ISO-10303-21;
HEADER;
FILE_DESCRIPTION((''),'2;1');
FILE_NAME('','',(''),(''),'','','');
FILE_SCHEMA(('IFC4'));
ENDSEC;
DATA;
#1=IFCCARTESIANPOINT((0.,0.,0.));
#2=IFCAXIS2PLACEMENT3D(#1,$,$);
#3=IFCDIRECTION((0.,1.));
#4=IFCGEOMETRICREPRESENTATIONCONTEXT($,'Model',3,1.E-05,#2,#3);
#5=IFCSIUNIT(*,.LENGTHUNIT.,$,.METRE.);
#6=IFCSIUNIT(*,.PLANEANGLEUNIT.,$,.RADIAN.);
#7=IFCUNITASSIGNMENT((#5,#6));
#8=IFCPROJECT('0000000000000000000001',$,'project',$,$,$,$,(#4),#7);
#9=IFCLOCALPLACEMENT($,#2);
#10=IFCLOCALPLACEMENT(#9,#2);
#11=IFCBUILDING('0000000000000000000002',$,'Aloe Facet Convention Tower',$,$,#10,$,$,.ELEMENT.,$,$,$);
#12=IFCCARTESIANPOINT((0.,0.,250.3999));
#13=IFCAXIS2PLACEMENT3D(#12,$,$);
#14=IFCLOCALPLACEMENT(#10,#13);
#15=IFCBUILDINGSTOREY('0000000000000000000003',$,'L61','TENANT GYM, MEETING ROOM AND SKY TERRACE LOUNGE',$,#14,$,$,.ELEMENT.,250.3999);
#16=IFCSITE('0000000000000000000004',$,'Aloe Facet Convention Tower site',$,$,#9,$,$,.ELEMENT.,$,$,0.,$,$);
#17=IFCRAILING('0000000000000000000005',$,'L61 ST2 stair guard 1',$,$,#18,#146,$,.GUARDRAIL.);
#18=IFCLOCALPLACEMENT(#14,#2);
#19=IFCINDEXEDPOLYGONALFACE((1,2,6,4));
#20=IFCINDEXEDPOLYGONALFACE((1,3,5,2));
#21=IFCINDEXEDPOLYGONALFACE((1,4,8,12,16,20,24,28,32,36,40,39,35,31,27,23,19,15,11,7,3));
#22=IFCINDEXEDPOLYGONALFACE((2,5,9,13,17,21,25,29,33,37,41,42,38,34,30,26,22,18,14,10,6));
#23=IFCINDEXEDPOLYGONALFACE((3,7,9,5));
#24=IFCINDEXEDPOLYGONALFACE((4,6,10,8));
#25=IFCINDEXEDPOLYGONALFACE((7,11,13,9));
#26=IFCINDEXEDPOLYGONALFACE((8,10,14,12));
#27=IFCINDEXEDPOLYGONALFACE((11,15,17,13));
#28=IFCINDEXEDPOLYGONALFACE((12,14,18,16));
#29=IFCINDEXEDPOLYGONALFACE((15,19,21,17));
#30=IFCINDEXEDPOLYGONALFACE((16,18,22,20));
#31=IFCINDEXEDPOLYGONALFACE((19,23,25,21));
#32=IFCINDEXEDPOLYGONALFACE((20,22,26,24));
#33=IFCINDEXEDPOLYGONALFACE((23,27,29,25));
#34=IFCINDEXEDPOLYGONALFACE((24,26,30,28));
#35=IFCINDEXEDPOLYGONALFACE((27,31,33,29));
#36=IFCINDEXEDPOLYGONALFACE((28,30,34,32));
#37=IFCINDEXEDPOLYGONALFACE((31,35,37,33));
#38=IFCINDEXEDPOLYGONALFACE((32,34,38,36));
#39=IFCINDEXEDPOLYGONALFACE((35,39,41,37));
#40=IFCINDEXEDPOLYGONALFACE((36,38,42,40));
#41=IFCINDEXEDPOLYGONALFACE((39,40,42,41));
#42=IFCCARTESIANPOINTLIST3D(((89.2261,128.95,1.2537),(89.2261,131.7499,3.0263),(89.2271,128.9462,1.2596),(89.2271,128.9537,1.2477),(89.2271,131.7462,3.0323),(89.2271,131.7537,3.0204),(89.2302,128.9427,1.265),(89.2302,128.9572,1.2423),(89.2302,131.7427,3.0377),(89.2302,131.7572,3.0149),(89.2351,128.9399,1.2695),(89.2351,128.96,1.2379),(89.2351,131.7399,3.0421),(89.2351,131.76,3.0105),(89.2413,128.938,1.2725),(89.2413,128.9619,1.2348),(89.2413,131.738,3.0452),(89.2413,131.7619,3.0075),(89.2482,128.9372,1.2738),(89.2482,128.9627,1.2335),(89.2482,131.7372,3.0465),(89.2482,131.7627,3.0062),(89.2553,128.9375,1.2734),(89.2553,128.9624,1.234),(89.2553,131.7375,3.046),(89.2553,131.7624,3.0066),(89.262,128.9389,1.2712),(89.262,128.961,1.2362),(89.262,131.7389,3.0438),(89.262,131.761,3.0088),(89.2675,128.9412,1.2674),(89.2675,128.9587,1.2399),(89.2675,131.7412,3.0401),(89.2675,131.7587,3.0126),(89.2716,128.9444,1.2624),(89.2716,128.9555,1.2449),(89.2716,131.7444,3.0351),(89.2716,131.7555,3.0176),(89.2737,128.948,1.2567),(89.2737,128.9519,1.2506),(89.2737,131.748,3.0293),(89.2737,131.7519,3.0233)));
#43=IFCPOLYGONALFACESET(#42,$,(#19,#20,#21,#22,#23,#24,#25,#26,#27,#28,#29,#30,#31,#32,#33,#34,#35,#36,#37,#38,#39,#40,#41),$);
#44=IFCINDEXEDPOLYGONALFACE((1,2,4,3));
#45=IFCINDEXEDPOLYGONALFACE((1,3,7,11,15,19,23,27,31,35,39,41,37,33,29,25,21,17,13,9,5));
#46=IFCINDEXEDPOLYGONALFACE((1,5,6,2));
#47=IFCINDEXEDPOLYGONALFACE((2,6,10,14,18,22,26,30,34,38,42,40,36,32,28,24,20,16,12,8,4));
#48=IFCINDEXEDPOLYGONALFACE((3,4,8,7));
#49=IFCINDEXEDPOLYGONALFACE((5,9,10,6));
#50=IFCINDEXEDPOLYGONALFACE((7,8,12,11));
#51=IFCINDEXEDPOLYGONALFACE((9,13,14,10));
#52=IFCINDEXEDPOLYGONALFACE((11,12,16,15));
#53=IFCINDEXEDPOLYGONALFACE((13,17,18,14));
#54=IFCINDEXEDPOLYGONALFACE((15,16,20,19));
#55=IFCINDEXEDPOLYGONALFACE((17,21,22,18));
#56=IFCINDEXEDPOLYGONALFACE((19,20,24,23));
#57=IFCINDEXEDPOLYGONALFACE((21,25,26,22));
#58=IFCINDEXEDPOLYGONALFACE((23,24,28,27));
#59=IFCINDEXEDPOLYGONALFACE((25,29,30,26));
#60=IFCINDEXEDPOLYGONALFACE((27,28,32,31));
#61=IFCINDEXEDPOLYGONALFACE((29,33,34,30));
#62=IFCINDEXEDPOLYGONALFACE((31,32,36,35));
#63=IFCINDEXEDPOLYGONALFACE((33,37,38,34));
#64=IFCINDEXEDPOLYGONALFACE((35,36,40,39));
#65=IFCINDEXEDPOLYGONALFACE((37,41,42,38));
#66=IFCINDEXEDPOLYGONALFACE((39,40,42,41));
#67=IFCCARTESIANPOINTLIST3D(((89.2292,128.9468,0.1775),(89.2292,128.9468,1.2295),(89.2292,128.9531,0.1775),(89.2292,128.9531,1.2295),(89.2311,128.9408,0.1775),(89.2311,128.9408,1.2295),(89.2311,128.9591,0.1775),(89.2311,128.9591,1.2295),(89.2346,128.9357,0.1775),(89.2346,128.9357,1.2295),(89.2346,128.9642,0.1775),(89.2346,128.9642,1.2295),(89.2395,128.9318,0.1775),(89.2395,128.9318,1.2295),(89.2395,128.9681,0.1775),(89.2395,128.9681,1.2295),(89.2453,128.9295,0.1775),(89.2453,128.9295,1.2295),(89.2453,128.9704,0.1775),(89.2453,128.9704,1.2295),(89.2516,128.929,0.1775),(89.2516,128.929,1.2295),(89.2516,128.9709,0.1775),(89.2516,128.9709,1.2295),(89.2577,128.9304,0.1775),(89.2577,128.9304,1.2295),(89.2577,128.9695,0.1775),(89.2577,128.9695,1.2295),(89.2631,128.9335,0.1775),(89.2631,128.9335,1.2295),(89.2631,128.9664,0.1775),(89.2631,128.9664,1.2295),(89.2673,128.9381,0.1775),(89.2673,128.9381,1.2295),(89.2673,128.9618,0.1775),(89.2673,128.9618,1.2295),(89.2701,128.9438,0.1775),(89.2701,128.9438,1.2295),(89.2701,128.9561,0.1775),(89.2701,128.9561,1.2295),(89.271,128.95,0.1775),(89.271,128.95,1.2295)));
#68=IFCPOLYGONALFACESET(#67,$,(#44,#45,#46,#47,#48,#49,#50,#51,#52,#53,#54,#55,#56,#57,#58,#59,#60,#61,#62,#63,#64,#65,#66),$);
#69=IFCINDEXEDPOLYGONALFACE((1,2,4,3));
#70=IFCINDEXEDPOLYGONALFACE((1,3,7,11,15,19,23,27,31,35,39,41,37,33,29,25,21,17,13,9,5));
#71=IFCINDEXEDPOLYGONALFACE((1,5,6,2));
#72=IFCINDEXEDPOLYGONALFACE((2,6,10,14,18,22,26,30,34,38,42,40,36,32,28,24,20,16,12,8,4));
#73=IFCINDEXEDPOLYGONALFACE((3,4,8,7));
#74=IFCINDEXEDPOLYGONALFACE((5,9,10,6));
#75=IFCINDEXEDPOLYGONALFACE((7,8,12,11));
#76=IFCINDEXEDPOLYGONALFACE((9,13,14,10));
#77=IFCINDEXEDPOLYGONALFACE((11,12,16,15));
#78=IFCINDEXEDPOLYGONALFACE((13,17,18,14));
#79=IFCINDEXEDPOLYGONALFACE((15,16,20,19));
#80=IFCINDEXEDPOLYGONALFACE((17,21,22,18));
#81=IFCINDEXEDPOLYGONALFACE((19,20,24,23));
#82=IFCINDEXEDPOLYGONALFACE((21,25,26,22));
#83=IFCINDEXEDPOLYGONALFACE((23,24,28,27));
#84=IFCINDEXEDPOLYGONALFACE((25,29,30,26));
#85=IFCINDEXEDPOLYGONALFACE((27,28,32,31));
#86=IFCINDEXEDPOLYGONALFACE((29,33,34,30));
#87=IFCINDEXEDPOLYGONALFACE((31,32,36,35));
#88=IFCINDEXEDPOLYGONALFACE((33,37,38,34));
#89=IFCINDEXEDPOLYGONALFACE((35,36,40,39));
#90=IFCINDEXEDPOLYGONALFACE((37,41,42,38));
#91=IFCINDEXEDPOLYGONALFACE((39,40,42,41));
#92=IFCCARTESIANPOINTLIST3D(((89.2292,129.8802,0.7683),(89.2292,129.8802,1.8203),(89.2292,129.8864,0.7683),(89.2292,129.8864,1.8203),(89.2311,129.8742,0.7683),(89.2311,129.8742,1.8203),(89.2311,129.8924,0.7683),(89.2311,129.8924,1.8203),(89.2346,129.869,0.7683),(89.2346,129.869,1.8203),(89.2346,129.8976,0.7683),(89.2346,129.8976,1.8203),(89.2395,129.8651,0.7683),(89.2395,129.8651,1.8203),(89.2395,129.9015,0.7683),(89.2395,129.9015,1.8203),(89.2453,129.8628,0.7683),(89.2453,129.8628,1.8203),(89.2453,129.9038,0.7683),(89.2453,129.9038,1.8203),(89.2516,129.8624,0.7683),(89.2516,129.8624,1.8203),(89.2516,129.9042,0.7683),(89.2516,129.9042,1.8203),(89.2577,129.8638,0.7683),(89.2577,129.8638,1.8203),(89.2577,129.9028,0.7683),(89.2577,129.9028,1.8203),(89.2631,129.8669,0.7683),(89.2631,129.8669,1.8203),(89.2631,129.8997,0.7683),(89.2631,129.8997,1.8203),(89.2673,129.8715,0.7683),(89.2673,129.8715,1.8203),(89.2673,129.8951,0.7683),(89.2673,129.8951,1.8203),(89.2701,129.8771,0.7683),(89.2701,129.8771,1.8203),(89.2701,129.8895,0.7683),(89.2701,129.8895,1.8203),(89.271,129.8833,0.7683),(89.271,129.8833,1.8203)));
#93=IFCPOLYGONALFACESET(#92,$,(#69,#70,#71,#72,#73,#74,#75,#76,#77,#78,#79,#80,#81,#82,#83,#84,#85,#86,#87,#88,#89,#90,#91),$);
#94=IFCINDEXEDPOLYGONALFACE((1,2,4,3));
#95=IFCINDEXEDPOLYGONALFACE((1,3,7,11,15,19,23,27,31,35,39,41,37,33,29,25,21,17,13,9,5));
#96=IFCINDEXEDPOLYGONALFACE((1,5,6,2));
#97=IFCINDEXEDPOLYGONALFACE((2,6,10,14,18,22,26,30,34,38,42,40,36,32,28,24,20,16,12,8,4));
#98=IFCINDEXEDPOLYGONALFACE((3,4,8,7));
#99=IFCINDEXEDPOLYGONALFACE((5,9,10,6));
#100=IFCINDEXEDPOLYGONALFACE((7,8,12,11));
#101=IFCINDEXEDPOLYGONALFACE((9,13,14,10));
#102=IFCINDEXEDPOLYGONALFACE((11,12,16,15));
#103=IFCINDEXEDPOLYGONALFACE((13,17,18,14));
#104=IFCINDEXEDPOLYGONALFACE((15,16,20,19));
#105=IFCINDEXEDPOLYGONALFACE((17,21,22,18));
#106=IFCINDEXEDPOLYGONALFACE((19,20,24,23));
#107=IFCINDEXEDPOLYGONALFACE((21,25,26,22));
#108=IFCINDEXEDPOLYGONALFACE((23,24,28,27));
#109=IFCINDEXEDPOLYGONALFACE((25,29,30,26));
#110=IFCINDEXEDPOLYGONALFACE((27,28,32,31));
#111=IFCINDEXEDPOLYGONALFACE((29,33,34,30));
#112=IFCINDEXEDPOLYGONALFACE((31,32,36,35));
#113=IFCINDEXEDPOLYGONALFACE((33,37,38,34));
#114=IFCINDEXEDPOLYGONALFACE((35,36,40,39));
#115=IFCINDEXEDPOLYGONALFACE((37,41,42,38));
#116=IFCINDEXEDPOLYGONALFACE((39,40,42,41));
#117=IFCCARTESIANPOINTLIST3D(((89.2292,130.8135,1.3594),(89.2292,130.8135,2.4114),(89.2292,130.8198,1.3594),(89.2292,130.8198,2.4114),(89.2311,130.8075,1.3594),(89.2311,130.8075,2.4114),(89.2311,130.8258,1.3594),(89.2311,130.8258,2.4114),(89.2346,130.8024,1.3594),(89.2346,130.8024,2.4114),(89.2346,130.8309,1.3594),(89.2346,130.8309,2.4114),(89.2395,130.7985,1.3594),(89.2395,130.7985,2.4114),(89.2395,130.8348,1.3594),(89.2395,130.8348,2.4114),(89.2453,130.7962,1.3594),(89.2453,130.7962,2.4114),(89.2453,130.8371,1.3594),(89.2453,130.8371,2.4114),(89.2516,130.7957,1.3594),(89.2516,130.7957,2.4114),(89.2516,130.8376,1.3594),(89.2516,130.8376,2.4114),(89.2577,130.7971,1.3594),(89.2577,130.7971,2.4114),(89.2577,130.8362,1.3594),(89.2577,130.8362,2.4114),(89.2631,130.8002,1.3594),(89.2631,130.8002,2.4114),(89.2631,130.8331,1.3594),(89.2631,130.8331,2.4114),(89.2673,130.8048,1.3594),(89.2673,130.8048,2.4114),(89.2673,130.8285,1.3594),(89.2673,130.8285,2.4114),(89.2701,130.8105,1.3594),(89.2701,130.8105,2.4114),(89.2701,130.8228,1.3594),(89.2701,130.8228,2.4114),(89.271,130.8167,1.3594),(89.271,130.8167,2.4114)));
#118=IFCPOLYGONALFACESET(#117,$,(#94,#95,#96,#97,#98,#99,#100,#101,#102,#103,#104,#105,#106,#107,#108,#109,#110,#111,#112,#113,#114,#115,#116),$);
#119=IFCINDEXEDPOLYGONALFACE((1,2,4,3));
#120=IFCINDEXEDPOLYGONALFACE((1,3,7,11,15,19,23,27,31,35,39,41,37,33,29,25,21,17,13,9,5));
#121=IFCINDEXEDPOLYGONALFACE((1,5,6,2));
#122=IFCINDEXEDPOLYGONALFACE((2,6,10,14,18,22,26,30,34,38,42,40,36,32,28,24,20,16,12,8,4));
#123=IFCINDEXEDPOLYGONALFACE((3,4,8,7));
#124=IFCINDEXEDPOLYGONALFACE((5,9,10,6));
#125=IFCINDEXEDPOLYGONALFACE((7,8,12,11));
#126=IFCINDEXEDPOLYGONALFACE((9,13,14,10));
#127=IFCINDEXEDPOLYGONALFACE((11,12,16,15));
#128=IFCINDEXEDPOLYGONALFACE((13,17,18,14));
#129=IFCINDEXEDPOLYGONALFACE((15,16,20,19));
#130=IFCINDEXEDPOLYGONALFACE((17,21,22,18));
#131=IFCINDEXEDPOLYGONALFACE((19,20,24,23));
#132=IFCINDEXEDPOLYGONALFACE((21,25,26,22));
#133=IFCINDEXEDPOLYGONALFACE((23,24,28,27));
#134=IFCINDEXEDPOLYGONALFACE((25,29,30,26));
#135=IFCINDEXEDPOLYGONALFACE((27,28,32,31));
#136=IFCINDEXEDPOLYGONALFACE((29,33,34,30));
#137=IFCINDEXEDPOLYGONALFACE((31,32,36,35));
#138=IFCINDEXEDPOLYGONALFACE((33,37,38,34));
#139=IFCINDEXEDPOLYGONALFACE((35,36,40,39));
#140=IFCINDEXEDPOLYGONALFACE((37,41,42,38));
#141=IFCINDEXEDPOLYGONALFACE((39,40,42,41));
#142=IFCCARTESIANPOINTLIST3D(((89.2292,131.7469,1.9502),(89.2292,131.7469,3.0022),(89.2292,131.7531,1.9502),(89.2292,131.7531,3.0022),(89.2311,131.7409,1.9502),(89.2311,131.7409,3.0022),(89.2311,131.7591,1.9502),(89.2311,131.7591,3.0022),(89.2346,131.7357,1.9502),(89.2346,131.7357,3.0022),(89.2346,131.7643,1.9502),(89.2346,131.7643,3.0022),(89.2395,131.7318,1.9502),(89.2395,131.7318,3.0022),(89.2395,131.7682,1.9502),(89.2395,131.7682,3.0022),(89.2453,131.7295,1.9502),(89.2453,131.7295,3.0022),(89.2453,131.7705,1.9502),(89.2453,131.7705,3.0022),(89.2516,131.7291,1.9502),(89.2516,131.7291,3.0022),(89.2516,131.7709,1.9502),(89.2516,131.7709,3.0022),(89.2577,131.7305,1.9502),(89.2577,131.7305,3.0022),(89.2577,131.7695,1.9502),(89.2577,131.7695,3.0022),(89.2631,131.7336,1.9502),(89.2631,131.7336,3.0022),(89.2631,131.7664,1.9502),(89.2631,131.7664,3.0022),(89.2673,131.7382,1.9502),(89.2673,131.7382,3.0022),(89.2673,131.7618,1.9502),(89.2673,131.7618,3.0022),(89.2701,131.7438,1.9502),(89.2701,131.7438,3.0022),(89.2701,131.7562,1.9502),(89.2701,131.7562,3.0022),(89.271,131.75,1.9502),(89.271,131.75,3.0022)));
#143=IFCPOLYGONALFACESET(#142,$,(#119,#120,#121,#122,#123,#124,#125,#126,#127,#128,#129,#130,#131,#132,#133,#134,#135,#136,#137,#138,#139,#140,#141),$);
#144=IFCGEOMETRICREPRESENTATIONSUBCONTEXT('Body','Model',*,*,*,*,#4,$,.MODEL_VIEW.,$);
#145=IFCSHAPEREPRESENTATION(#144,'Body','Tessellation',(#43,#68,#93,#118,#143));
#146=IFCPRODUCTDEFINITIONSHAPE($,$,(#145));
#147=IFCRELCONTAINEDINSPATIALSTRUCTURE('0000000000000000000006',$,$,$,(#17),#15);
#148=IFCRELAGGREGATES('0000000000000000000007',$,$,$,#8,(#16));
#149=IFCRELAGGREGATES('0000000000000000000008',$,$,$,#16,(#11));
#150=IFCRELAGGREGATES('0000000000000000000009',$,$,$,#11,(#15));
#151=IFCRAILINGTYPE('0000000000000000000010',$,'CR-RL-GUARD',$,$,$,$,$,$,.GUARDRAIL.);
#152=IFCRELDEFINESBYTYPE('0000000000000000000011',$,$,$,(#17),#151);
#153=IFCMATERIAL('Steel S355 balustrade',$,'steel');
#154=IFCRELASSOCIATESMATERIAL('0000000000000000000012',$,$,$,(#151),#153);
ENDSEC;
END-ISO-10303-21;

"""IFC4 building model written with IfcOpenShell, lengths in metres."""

from ifc_helpers import new_model, si_unit, direction, frame, origin, origin_2d, place, context, subcontext, project, spatial, circle, extrude, material, type_object, element, save


model = new_model("IFC4")

# Units and contexts
model_context = context("Model", 3, precision=1e-05, world=origin(), true_north=direction((0.0, 1.0)))
body_context = subcontext(model_context, "Body", "Model", "MODEL_VIEW")
ifc_project = project(units=[si_unit("LENGTHUNIT", "METRE"), si_unit("PLANEANGLEUNIT", "RADIAN")], contexts=[model_context])

# Site, building, storey
site_placement = place(None, origin())
site = spatial("IfcSite", under=ifc_project, at=site_placement, Name="Aloe Facet Convention Tower site", CompositionType="ELEMENT", RefElevation=0.0)
building_placement = place(site_placement, origin())
building = spatial("IfcBuilding", under=site, at=building_placement, Name="Aloe Facet Convention Tower", CompositionType="ELEMENT")
storey_placement = place(building_placement, frame((0.0, 0.0, 250.3999)))
storey = spatial("IfcBuildingStorey", under=building, at=storey_placement, Name="L61", Description="TENANT GYM, MEETING ROOM AND SKY TERRACE LOUNGE", CompositionType="ELEMENT", Elevation=250.3999)

# Railing
ifc_material_1 = material(Name="Steel S355 balustrade", Category="steel")
railing_type_1 = type_object("IfcRailingType", Name="CR-RL-GUARD", PredefinedType="GUARDRAIL", material=ifc_material_1)
railing_1_placement = place(storey_placement, frame((89.25, 128.95, 0.1775)))
element("IfcRailing", 1, at=railing_1_placement, inside=storey, type_object=railing_type_1, Name="L61 ST2 stair guard 1", PredefinedType="GUARDRAIL", context=body_context, shape_type="SweptSolid", body=[
    extrude(circle(Radius=0.0239, at=origin_2d()), frame((0.0, 0.0, 1.0762), z_axis=(0.0, 0.844909, 0.53491), x_axis=(-1.0, 0.0, 0.0)), (0.0, 0.0, 1.0), 3.314),
    extrude(circle(Radius=0.021, at=origin_2d()), origin(), (0.0, 0.0, 1.0), 1.052),
    extrude(circle(Radius=0.021, at=origin_2d()), frame((0.0, 0.9333, 0.5908)), (0.0, 0.0, 1.0), 1.052),
    extrude(circle(Radius=0.021, at=origin_2d()), frame((0.0, 1.8667, 1.1819)), (0.0, 0.0, 1.0), 1.052),
    extrude(circle(Radius=0.021, at=origin_2d()), frame((0.0, 2.8, 1.7727)), (0.0, 0.0, 1.0), 1.052),
])

save(model, "model.ifc")
